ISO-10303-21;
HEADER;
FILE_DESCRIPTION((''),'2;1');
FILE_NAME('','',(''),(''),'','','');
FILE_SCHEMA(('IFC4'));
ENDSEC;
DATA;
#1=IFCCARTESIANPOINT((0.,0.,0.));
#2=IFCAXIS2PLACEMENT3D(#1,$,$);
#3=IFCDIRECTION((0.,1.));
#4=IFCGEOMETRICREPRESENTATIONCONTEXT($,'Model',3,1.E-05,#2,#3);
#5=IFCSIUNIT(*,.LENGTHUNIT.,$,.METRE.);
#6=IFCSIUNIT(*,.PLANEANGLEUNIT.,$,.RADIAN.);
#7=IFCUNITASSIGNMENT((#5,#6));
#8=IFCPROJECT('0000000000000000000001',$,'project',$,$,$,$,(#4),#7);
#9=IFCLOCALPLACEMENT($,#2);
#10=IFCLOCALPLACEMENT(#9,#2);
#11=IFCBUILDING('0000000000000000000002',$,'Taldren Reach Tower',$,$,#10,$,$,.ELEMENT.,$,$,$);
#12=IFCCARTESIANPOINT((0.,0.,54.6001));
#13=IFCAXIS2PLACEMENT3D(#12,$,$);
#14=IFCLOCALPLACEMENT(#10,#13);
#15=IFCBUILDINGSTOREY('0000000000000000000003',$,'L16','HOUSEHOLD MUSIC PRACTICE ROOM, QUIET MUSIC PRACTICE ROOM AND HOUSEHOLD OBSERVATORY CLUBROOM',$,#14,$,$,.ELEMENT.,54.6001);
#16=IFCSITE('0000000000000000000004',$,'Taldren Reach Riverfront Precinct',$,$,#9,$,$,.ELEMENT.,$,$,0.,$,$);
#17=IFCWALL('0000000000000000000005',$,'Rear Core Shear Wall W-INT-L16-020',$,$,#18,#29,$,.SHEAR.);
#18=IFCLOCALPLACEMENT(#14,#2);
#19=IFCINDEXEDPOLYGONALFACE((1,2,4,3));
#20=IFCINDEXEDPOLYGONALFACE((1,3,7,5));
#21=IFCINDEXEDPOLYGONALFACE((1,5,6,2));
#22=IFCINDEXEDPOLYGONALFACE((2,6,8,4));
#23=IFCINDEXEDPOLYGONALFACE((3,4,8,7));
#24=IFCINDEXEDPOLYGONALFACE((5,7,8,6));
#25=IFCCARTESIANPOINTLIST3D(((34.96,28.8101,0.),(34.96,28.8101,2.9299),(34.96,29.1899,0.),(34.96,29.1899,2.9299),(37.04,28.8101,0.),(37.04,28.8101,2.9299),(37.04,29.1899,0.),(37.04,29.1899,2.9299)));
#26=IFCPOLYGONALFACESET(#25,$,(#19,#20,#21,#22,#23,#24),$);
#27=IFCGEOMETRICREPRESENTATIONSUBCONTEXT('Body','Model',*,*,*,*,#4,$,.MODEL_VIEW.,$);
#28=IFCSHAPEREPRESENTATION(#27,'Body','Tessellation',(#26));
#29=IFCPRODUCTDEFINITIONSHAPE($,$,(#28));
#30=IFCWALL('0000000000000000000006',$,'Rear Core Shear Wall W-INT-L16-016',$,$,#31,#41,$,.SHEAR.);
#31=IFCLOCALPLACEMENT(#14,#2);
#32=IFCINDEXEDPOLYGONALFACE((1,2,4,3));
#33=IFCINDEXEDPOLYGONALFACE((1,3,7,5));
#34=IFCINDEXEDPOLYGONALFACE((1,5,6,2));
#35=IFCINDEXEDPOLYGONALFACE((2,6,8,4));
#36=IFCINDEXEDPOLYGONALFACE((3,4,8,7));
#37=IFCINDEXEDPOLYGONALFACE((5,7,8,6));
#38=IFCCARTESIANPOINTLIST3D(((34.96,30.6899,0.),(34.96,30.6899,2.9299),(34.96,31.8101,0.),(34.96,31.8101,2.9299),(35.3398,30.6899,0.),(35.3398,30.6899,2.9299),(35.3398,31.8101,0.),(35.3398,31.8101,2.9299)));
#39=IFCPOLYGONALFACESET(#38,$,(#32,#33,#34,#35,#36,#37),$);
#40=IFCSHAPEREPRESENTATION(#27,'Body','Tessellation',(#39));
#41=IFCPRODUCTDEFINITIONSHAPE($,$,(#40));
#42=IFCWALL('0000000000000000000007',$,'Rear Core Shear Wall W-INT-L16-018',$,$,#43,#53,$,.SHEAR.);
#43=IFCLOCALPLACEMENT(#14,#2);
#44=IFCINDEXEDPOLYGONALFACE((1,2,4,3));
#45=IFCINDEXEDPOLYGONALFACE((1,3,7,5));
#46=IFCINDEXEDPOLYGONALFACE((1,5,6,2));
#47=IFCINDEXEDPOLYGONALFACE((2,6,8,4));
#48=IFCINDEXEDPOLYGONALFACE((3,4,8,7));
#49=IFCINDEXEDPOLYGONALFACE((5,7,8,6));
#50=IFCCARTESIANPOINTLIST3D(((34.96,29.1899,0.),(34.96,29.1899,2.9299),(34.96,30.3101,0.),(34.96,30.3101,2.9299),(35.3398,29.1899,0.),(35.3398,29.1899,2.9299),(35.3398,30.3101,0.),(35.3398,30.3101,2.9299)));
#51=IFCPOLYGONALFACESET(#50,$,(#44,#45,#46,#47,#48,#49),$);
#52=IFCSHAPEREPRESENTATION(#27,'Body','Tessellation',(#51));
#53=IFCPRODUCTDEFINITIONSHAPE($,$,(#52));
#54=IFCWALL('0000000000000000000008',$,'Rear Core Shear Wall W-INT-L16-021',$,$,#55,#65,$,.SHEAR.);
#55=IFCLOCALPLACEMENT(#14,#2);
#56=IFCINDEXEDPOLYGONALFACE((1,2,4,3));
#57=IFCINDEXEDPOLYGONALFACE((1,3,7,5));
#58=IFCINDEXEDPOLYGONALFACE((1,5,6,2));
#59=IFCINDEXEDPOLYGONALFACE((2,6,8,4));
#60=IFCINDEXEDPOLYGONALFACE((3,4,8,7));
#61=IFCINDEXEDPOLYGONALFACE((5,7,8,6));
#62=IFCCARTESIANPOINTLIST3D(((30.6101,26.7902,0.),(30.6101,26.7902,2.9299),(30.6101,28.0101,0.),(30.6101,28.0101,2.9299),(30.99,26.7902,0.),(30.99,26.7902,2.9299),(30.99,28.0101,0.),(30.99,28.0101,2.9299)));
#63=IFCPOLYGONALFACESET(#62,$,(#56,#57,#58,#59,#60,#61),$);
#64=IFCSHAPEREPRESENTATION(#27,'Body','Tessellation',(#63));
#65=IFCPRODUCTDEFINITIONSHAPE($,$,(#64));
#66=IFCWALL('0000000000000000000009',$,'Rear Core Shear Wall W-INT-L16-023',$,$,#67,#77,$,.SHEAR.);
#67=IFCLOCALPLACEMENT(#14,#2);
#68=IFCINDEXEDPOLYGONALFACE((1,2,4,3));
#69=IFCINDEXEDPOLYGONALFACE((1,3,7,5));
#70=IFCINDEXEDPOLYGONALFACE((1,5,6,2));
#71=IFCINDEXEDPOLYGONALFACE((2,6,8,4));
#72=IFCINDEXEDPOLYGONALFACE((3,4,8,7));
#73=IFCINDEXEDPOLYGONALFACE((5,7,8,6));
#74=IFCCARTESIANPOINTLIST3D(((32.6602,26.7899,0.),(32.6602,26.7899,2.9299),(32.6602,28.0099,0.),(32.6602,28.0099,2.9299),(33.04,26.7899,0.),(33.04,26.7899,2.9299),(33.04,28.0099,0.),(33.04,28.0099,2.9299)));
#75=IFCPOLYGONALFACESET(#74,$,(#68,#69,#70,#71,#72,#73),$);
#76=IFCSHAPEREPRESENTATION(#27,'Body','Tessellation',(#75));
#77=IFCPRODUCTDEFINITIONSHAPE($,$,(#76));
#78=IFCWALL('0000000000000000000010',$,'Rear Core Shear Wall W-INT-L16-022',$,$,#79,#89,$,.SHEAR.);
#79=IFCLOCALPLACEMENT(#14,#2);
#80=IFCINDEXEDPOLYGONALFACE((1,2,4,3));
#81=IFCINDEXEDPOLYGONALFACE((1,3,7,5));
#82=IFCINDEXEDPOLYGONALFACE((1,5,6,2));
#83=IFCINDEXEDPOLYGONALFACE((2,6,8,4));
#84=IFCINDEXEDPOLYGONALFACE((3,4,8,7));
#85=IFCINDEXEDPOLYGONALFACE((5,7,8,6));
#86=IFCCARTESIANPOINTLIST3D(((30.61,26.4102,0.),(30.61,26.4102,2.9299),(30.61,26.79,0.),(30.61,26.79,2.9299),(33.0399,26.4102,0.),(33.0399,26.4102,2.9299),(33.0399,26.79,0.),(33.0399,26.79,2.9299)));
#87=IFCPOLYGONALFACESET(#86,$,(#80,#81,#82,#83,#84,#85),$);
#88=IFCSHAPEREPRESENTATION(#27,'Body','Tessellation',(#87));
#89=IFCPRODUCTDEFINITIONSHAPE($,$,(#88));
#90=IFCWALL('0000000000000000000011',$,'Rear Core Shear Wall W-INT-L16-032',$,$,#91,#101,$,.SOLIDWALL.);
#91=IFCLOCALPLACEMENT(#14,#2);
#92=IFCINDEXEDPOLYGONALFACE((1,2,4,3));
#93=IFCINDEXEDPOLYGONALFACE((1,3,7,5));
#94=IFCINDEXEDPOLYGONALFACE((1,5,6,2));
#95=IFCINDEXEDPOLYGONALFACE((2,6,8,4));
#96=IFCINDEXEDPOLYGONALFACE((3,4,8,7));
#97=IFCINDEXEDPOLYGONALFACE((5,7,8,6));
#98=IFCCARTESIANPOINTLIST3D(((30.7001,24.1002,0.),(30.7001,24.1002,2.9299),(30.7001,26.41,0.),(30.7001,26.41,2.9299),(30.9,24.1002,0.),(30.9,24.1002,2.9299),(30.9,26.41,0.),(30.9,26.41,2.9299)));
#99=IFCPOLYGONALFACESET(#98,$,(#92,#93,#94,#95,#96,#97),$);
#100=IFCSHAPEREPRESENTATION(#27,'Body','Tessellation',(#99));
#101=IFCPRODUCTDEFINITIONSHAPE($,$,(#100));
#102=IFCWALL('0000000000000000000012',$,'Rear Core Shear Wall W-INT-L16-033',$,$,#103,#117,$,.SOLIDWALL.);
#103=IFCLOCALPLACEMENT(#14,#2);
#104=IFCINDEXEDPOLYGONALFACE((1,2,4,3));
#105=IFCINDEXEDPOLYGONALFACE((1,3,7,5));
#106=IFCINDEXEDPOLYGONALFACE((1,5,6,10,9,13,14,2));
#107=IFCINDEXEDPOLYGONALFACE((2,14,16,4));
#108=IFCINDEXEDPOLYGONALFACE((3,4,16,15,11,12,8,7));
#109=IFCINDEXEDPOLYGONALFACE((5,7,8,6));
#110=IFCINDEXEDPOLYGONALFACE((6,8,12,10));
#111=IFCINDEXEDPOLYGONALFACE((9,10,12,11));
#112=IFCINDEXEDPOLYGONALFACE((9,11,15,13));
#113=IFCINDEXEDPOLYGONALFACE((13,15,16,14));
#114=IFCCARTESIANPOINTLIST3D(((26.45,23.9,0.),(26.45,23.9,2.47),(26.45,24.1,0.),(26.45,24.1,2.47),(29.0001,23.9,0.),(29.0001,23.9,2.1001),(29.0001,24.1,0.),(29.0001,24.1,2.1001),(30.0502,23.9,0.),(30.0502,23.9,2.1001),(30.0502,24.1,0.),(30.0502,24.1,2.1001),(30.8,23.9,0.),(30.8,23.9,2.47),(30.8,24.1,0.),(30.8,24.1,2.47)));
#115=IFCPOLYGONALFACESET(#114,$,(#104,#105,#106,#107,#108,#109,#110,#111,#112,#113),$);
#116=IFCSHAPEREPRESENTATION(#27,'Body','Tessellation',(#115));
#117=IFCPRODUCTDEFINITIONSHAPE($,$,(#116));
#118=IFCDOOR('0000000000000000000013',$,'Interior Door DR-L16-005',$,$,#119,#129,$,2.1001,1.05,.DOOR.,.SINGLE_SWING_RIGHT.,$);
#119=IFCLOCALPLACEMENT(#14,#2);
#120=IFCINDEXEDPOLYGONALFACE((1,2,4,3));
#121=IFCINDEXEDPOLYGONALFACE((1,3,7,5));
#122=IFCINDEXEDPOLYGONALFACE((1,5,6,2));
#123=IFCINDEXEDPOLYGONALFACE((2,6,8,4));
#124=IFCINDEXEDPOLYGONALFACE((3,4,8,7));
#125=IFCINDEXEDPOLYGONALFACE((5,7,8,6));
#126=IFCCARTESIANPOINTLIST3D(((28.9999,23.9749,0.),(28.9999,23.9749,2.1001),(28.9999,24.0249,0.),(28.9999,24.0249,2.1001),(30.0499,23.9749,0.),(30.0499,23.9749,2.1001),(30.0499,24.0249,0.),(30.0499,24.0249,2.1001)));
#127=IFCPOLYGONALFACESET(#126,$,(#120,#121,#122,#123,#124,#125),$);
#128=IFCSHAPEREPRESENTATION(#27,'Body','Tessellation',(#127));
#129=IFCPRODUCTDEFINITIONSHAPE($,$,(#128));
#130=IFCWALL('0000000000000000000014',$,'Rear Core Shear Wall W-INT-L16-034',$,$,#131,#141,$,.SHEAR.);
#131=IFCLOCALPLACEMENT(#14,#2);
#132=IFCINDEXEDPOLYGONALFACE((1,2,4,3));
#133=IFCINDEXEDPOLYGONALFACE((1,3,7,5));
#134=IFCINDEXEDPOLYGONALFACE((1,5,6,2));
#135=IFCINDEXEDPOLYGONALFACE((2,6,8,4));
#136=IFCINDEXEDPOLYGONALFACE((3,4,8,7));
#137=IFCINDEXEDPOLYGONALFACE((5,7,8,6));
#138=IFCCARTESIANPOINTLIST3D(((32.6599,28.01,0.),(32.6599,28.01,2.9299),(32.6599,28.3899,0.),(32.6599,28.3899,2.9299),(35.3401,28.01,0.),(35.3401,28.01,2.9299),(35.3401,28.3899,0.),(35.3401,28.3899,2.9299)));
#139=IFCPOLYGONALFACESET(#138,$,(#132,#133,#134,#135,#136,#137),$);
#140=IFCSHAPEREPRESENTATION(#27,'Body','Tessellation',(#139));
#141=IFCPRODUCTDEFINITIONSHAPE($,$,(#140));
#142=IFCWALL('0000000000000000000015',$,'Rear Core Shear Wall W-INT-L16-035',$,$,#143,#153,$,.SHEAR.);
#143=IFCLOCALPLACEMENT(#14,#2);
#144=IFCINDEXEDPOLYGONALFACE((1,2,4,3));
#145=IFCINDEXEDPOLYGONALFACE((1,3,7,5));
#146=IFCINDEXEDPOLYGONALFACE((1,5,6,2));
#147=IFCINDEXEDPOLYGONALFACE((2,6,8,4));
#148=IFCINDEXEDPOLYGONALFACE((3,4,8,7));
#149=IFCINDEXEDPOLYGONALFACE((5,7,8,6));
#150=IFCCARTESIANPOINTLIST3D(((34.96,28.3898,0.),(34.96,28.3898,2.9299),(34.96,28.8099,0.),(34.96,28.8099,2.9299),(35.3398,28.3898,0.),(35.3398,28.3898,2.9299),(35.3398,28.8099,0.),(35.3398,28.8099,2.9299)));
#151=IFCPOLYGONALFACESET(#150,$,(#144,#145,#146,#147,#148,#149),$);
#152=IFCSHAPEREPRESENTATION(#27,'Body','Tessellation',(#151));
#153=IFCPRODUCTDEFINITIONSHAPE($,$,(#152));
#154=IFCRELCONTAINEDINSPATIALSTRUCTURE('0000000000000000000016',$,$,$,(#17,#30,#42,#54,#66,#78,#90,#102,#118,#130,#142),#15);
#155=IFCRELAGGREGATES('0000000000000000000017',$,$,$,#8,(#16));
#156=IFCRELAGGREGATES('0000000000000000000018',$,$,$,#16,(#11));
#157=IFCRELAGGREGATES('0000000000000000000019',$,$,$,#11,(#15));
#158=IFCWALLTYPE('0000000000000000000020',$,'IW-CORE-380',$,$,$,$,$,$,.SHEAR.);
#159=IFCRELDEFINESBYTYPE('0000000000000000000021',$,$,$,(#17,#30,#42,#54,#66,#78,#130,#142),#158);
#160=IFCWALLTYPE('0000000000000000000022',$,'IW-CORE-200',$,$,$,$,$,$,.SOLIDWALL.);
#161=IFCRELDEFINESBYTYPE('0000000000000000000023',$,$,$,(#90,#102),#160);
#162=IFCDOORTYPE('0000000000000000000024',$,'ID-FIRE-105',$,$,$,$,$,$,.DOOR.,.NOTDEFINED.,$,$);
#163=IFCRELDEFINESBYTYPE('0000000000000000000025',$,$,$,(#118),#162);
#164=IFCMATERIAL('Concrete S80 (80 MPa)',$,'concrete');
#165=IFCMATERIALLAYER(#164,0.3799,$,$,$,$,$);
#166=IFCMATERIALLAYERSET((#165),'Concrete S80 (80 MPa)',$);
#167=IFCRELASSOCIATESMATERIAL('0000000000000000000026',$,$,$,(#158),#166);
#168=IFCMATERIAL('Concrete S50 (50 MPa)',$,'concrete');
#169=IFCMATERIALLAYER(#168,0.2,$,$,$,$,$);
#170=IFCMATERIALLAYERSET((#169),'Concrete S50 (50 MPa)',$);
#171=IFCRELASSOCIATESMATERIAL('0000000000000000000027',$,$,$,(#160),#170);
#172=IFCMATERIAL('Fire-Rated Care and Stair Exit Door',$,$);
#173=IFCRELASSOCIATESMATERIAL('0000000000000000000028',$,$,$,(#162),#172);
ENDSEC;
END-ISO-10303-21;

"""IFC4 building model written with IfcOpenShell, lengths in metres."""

from ifc_helpers import new_model, si_unit, direction, frame, frame_2d, origin, place, context, subcontext, project, spatial, rectangle, extrude, source, transform, mapped, material, layer, layer_set, type_object, element, fill, save


model = new_model("IFC4")

# Units and contexts
model_context = context("Model", 3, precision=1e-05, world=origin(), true_north=direction((0.0, 1.0)))
body_context = subcontext(model_context, "Body", "Model", "MODEL_VIEW")
ifc_project = project(units=[si_unit("LENGTHUNIT", "METRE"), si_unit("PLANEANGLEUNIT", "RADIAN")], contexts=[model_context])

# Site, building, storey
site_placement = place(None, origin())
site = spatial("IfcSite", under=ifc_project, at=site_placement, Name="Taldren Reach Riverfront Precinct", CompositionType="ELEMENT", RefElevation=0.0)
building_placement = place(site_placement, origin())
building = spatial("IfcBuilding", under=site, at=building_placement, Name="Taldren Reach Tower", CompositionType="ELEMENT")
storey_placement = place(building_placement, frame((0.0, 0.0, 54.6001)))
storey = spatial("IfcBuildingStorey", under=building, at=storey_placement, Name="L16", Description="HOUSEHOLD MUSIC PRACTICE ROOM, QUIET MUSIC PRACTICE ROOM AND HOUSEHOLD OBSERVATORY CLUBROOM", CompositionType="ELEMENT", Elevation=54.6001)

# Walls
ifc_material_1 = material(Name="Concrete S80 (80 MPa)", Category="concrete")
ifc_layer_1 = layer(ifc_material_1, 0.3799)
ifc_layer_set_1 = layer_set([ifc_layer_1], Name="Concrete S80 (80 MPa)")
wall_type_1 = type_object("IfcWallType", Name="IW-CORE-380", PredefinedType="SHEAR", material=ifc_layer_set_1)
shared_shape_1 = source(origin(), body_context, "Body", "SweptSolid", [
    extrude(rectangle(XDim=2.0801, YDim=0.3799, at=frame_2d((1.04, 0.0))), origin(), (0.0, 0.0, 1.0), 2.9299),
])
for number, where, z_axis, x_axis, name in (
    (1, (34.96, 29.0, 0.0), (0.0, 0.0, 1.0), (1.0, 0.0, 0.0), "Rear Core Shear Wall W-INT-L16-020"),
):
    element("IfcWall", number, at=place(storey_placement, frame(where, z_axis=z_axis, x_axis=x_axis)), inside=storey, type_object=wall_type_1, Name=name, PredefinedType="SHEAR", context=body_context, shape_type="MappedRepresentation", body=[
        mapped(shared_shape_1, transform((0.0, 0.0, 0.0), scale=1.0)),
    ])
shared_shape_2 = source(origin(), body_context, "Body", "SweptSolid", [
    extrude(rectangle(XDim=1.1201, YDim=0.3799, at=frame_2d((0.5601, 0.0))), origin(), (0.0, 0.0, 1.0), 2.9299),
])
for number, where, z_axis, x_axis, name in (
    (2, (35.1499, 31.8101, 0.0), (0.0, 0.0, 1.0), (0.0, -1.0, 0.0), "Rear Core Shear Wall W-INT-L16-016"),
    (3, (35.1499, 30.3101, 0.0), (0.0, 0.0, 1.0), (0.0, -1.0, 0.0), "Rear Core Shear Wall W-INT-L16-018"),
):
    element("IfcWall", number, at=place(storey_placement, frame(where, z_axis=z_axis, x_axis=x_axis)), inside=storey, type_object=wall_type_1, Name=name, PredefinedType="SHEAR", context=body_context, shape_type="MappedRepresentation", body=[
        mapped(shared_shape_2, transform((0.0, 0.0, 0.0), scale=1.0)),
    ])
shared_shape_3 = source(origin(), body_context, "Body", "SweptSolid", [
    extrude(rectangle(XDim=1.22, YDim=0.3799, at=frame_2d((0.6099, 0.0))), origin(), (0.0, 0.0, 1.0), 2.9299),
])
for number, where, z_axis, x_axis, name in (
    (4, (30.8, 28.01, 0.0), (0.0, 0.0, 1.0), (0.0, -1.0, 0.0), "Rear Core Shear Wall W-INT-L16-021"),
    (5, (32.8501, 26.79, 0.0), (0.0, 0.0, 1.0), (0.0, 1.0, 0.0), "Rear Core Shear Wall W-INT-L16-023"),
):
    element("IfcWall", number, at=place(storey_placement, frame(where, z_axis=z_axis, x_axis=x_axis)), inside=storey, type_object=wall_type_1, Name=name, PredefinedType="SHEAR", context=body_context, shape_type="MappedRepresentation", body=[
        mapped(shared_shape_3, transform((0.0, 0.0, 0.0), scale=1.0)),
    ])
shared_shape_4 = source(origin(), body_context, "Body", "SweptSolid", [
    extrude(rectangle(XDim=2.4299, YDim=0.3799, at=frame_2d((1.2148, 0.0))), origin(), (0.0, 0.0, 1.0), 2.9299),
])
wall_1_placement = place(storey_placement, frame((30.6101, 26.6001, 0.0), z_axis=(0.0, 0.0, 1.0), x_axis=(1.0, 0.0, 0.0)))
element("IfcWall", 6, at=wall_1_placement, inside=storey, type_object=wall_type_1, Name="Rear Core Shear Wall W-INT-L16-022", PredefinedType="SHEAR", context=body_context, shape_type="MappedRepresentation", body=[
    mapped(shared_shape_4, transform((0.0, 0.0, 0.0), scale=1.0)),
])

# Wall
ifc_material_2 = material(Name="Concrete S50 (50 MPa)", Category="concrete")
ifc_layer_2 = layer(ifc_material_2, 0.2)
ifc_layer_set_2 = layer_set([ifc_layer_2], Name="Concrete S50 (50 MPa)")
wall_type_2 = type_object("IfcWallType", Name="IW-CORE-200", PredefinedType="SOLIDWALL", material=ifc_layer_set_2)
shared_shape_5 = source(origin(), body_context, "Body", "SweptSolid", [
    extrude(rectangle(XDim=2.3098, YDim=0.2, at=frame_2d((1.1548, 0.0))), origin(), (0.0, 0.0, 1.0), 2.9299),
])
wall_2_placement = place(storey_placement, frame((30.8, 26.4099, 0.0), z_axis=(0.0, 0.0, 1.0), x_axis=(0.0, -1.0, 0.0)))
element("IfcWall", 7, at=wall_2_placement, inside=storey, type_object=wall_type_2, Name="Rear Core Shear Wall W-INT-L16-032", PredefinedType="SOLIDWALL", context=body_context, shape_type="MappedRepresentation", body=[
    mapped(shared_shape_5, transform((0.0, 0.0, 0.0), scale=1.0)),
])

# Wall, opening, door
shared_shape_6 = source(origin(), body_context, "Body", "SweptSolid", [
    extrude(rectangle(XDim=4.3501, YDim=0.2, at=frame_2d((2.175, 0.0))), origin(), (0.0, 0.0, 1.0), 2.47),
])
wall_3_placement = place(storey_placement, frame((30.8, 24.0, 0.0), z_axis=(0.0, 0.0, 1.0), x_axis=(-1.0, 0.0, 0.0)))
wall_3 = element("IfcWall", 8, at=wall_3_placement, inside=storey, type_object=wall_type_2, Name="Rear Core Shear Wall W-INT-L16-033", PredefinedType="SOLIDWALL", context=body_context, shape_type="MappedRepresentation", body=[
    mapped(shared_shape_6, transform((0.0, 0.0, 0.0), scale=1.0)),
])
shared_shape_7 = source(origin(), body_context, "Body", "SweptSolid", [
    extrude(rectangle(XDim=1.05, YDim=2.1001, at=frame_2d((0.5249, 1.05))), frame((0.0, 0.1099, 0.0), z_axis=(0.0, -1.0, 0.0), x_axis=(1.0, 0.0, 0.0)), (0.0, 0.0, 1.0), 0.22),
])
opening_1_placement = place(wall_3_placement, frame((0.75, 0.0, 0.0)))
opening_1 = element("IfcOpeningElement", 9, at=opening_1_placement, cuts=wall_3, PredefinedType="OPENING", context=body_context, shape_type="MappedRepresentation", body=[
    mapped(shared_shape_7, transform((0.0, 0.0, 0.0), scale=1.0)),
])
ifc_material_3 = material(Name="Fire-Rated Care and Stair Exit Door")
door_type_1 = type_object("IfcDoorType", Name="ID-FIRE-105", OperationType="NOTDEFINED", PredefinedType="DOOR", material=ifc_material_3)
shared_shape_8 = source(origin(), body_context, "Body", "SweptSolid", [
    extrude(rectangle(XDim=1.05, YDim=2.1001, at=frame_2d((0.5249, 1.05))), frame((0.0, 0.0249, 0.0), z_axis=(0.0, -1.0, 0.0), x_axis=(1.0, 0.0, 0.0)), (0.0, 0.0, 1.0), 0.05),
])
door_1_placement = place(opening_1_placement, frame((1.05, 0.0, 0.0), z_axis=(0.0, 0.0, 1.0), x_axis=(-1.0, 0.0, 0.0)))
door_1 = element("IfcDoor", 10, at=door_1_placement, inside=storey, type_object=door_type_1, Name="Interior Door DR-L16-005", OperationType="SINGLE_SWING_RIGHT", OverallHeight=2.1001, OverallWidth=1.05, PredefinedType="DOOR", context=body_context, shape_type="MappedRepresentation", body=[
    mapped(shared_shape_8, transform((0.0, 0.0, 0.0), scale=1.0)),
])
fill(opening_1, door_1)

# Walls
shared_shape_9 = source(origin(), body_context, "Body", "SweptSolid", [
    extrude(rectangle(XDim=2.6802, YDim=0.3799, at=frame_2d((1.3401, 0.0))), origin(), (0.0, 0.0, 1.0), 2.9299),
])
wall_4_placement = place(storey_placement, frame((32.6599, 28.2, 0.0), z_axis=(0.0, 0.0, 1.0), x_axis=(1.0, 0.0, 0.0)))
element("IfcWall", 11, at=wall_4_placement, inside=storey, type_object=wall_type_1, Name="Rear Core Shear Wall W-INT-L16-034", PredefinedType="SHEAR", context=body_context, shape_type="MappedRepresentation", body=[
    mapped(shared_shape_9, transform((0.0, 0.0, 0.0), scale=1.0)),
])
shared_shape_10 = source(origin(), body_context, "Body", "SweptSolid", [
    extrude(rectangle(XDim=0.4202, YDim=0.3799, at=frame_2d((0.21, 0.0))), origin(), (0.0, 0.0, 1.0), 2.9299),
])
wall_5_placement = place(storey_placement, frame((35.1499, 28.3899, 0.0), z_axis=(0.0, 0.0, 1.0), x_axis=(0.0, 1.0, 0.0)))
element("IfcWall", 12, at=wall_5_placement, inside=storey, type_object=wall_type_1, Name="Rear Core Shear Wall W-INT-L16-035", PredefinedType="SHEAR", context=body_context, shape_type="MappedRepresentation", body=[
    mapped(shared_shape_10, transform((0.0, 0.0, 0.0), scale=1.0)),
])

save(model, "model.ifc")
